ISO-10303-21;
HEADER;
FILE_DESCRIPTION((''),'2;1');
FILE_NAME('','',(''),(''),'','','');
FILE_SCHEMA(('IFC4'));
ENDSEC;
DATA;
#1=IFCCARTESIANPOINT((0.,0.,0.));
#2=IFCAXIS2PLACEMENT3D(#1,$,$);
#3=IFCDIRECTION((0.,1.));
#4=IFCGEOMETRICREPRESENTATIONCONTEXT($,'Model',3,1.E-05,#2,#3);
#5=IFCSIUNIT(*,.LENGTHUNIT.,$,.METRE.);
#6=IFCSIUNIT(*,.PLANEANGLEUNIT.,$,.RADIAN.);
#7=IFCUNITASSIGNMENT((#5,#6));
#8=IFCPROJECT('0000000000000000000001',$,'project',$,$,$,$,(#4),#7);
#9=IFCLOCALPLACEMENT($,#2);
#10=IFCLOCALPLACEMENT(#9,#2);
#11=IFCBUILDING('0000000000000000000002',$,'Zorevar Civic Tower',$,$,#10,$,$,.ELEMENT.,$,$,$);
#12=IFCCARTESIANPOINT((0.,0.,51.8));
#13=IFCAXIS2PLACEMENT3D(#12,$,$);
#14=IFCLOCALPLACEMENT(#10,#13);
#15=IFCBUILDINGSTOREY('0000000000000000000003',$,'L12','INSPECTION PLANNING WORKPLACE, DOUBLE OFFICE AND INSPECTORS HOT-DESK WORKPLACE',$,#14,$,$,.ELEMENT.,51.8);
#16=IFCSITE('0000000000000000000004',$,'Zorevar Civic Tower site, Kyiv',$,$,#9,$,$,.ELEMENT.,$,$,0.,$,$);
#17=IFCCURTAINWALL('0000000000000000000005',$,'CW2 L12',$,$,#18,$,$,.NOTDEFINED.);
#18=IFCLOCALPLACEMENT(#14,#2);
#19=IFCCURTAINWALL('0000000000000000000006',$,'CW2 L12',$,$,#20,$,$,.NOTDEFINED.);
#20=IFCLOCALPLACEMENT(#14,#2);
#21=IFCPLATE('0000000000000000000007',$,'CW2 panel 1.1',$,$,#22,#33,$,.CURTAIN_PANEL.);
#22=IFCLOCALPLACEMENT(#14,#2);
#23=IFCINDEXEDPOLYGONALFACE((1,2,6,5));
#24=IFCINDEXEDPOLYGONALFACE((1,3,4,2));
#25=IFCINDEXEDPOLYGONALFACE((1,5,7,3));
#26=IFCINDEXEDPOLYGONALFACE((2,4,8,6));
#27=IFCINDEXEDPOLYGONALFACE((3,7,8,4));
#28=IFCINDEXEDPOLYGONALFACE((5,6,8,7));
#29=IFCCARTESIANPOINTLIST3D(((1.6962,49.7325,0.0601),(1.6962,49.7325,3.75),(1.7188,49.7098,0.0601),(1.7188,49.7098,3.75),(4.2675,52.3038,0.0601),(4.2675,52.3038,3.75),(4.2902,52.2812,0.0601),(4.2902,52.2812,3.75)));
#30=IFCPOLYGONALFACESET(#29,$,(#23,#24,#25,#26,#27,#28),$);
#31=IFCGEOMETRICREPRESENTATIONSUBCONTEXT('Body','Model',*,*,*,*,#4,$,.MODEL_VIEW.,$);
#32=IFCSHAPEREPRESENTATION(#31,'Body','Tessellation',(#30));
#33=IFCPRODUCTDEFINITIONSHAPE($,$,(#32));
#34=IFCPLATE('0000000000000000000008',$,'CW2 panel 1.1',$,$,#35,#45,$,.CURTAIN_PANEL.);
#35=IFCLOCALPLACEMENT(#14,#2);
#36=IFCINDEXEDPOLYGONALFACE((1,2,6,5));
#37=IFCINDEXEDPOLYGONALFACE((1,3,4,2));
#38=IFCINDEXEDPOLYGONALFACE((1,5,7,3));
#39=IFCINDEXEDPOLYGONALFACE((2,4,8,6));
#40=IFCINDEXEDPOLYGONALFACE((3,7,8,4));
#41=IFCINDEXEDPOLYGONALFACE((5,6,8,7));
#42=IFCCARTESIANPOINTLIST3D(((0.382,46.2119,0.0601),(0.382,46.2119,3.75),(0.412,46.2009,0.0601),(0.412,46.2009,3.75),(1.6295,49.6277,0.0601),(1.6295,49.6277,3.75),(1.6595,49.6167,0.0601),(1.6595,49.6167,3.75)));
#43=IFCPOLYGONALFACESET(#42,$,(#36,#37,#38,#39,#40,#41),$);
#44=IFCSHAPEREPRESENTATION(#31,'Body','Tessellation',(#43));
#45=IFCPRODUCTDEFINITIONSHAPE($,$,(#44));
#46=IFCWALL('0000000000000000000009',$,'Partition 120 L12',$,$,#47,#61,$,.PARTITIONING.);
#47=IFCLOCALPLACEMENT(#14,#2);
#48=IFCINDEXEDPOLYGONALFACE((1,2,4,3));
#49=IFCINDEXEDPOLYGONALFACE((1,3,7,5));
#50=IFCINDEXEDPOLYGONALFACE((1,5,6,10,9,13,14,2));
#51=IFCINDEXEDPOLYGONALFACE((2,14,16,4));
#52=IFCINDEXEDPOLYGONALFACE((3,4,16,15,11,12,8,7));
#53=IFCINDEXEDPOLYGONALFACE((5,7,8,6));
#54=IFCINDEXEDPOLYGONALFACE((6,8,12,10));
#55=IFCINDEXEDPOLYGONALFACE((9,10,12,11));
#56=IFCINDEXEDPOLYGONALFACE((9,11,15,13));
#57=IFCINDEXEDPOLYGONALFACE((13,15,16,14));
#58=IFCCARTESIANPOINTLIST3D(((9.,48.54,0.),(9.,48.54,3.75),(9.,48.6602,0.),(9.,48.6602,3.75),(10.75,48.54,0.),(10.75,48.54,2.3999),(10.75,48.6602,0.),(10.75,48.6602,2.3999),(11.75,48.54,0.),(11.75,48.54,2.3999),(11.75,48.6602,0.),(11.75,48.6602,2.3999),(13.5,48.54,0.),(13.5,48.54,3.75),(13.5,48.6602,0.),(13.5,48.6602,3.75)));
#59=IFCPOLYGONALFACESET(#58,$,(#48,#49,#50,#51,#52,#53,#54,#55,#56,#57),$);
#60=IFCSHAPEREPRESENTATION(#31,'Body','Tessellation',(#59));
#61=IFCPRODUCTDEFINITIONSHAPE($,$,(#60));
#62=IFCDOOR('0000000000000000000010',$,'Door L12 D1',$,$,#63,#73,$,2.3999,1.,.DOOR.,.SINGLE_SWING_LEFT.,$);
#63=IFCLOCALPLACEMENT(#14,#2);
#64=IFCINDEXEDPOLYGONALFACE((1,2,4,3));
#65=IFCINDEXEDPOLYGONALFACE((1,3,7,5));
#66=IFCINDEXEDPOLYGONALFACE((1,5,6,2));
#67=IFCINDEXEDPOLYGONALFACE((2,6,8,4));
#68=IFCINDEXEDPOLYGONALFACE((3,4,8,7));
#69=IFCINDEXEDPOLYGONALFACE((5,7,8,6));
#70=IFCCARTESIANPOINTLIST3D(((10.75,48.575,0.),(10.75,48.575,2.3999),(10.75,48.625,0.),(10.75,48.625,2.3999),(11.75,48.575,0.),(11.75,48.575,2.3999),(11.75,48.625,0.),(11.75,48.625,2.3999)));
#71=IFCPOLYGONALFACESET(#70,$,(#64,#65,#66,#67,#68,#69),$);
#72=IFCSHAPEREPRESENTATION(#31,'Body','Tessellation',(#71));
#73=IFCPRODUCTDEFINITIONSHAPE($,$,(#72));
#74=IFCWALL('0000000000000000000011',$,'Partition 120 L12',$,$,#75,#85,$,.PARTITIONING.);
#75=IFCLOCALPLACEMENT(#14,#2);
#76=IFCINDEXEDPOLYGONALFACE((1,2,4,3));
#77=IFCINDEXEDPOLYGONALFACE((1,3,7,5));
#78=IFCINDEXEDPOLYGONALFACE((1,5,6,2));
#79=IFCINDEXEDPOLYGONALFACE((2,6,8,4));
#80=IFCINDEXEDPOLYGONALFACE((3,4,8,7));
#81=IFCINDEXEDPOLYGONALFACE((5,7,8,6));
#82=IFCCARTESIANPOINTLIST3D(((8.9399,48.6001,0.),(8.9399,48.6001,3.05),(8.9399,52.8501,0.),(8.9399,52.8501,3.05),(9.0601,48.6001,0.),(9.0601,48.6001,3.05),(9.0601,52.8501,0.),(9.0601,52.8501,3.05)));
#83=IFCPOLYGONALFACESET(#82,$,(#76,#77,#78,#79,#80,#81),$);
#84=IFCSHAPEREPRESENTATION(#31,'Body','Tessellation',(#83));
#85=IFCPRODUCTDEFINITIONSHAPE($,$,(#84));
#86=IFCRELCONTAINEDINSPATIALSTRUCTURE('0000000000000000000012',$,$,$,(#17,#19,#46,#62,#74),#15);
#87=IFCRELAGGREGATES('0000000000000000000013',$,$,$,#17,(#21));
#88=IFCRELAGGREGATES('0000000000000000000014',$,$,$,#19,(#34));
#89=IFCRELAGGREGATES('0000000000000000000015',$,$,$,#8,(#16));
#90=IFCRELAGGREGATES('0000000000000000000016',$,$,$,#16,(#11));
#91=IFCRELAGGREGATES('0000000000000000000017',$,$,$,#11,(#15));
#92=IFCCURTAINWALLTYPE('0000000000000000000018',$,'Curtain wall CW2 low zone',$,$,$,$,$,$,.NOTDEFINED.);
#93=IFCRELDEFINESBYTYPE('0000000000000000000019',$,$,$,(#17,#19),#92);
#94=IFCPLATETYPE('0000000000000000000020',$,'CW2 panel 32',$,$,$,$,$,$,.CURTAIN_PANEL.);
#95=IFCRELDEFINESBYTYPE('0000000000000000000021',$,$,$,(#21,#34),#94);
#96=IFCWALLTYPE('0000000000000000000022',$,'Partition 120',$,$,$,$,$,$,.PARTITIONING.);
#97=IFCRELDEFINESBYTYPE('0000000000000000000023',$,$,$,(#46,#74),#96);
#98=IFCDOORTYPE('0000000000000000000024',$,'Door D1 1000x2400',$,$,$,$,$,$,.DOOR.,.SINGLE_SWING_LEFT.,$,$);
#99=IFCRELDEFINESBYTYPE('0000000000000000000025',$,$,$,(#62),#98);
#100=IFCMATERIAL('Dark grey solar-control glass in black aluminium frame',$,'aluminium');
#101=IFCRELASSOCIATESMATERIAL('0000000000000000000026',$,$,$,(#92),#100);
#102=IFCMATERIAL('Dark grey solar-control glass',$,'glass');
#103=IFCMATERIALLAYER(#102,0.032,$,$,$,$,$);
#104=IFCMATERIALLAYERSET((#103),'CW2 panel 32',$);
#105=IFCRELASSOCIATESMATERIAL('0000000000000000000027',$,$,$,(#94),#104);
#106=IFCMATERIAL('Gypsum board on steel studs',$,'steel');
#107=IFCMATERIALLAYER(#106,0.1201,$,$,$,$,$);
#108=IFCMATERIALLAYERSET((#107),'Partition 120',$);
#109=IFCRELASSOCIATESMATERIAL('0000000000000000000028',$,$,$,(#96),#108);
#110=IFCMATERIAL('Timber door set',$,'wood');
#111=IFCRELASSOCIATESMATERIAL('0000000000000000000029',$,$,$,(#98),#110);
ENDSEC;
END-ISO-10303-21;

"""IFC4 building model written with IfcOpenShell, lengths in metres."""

from ifc_helpers import new_model, si_unit, direction, frame, frame_2d, origin, origin_2d, place, context, subcontext, project, spatial, rectangle, extrude, material, layer, layer_set, type_object, element, fill, aggregate, save


model = new_model("IFC4")

# Units and contexts
model_context = context("Model", 3, precision=1e-05, world=origin(), true_north=direction((0.0, 1.0)))
body_context = subcontext(model_context, "Body", "Model", "MODEL_VIEW")
ifc_project = project(units=[si_unit("LENGTHUNIT", "METRE"), si_unit("PLANEANGLEUNIT", "RADIAN")], contexts=[model_context])

# Site, building, storey
site_placement = place(None, origin())
site = spatial("IfcSite", under=ifc_project, at=site_placement, Name="Zorevar Civic Tower site, Kyiv", CompositionType="ELEMENT", RefElevation=0.0)
building_placement = place(site_placement, origin())
building = spatial("IfcBuilding", under=site, at=building_placement, Name="Zorevar Civic Tower", CompositionType="ELEMENT")
storey_placement = place(building_placement, frame((0.0, 0.0, 51.8)))
storey = spatial("IfcBuildingStorey", under=building, at=storey_placement, Name="L12", Description="INSPECTION PLANNING WORKPLACE, DOUBLE OFFICE AND INSPECTORS HOT-DESK WORKPLACE", CompositionType="ELEMENT", Elevation=51.8)

# Curtain walls
ifc_material_1 = material(Name="Dark grey solar-control glass in black aluminium frame", Category="aluminium")
curtain_wall_type = type_object("IfcCurtainWallType", Name="Curtain wall CW2 low zone", PredefinedType="NOTDEFINED", material=ifc_material_1)
curtain_wall_1_placement = place(storey_placement, origin())
curtain_wall_1 = element("IfcCurtainWall", 1, at=curtain_wall_1_placement, inside=storey, type_object=curtain_wall_type, Name="CW2 L12", PredefinedType="NOTDEFINED")
curtain_wall_2_placement = place(storey_placement, origin())
curtain_wall_2 = element("IfcCurtainWall", 2, at=curtain_wall_2_placement, inside=storey, type_object=curtain_wall_type, Name="CW2 L12", PredefinedType="NOTDEFINED")

# Plates
ifc_material_2 = material(Name="Dark grey solar-control glass", Category="glass")
ifc_layer_1 = layer(ifc_material_2, 0.032)
ifc_layer_set_1 = layer_set([ifc_layer_1], Name="CW2 panel 32")
plate_type = type_object("IfcPlateType", Name="CW2 panel 32", PredefinedType="CURTAIN_PANEL", material=ifc_layer_set_1)
plate_1_placement = place(storey_placement, frame((2.9932, 51.0068, 0.0601), z_axis=(0.0, 0.0, 1.0), x_axis=(-0.707107, -0.707107, 0.0)))
plate_1 = element("IfcPlate", 3, at=plate_1_placement, type_object=plate_type, Name="CW2 panel 1.1", PredefinedType="CURTAIN_PANEL", context=body_context, shape_type="SweptSolid", body=[
    extrude(rectangle(XDim=3.6365, YDim=0.032, at=origin_2d()), origin(), (0.0, 0.0, 1.0), 3.6899),
])
aggregate(curtain_wall_1, [plate_1])
plate_2_placement = place(storey_placement, frame((1.0208, 47.9143, 0.0601), z_axis=(0.0, 0.0, 1.0), x_axis=(-0.34306, -0.939313, 0.0)))
plate_2 = element("IfcPlate", 4, at=plate_2_placement, type_object=plate_type, Name="CW2 panel 1.1", PredefinedType="CURTAIN_PANEL", context=body_context, shape_type="SweptSolid", body=[
    extrude(rectangle(XDim=3.6365, YDim=0.032, at=origin_2d()), origin(), (0.0, 0.0, 1.0), 3.6899),
])
aggregate(curtain_wall_2, [plate_2])

# Wall, opening, door
ifc_material_3 = material(Name="Gypsum board on steel studs", Category="steel")
ifc_layer_2 = layer(ifc_material_3, 0.1201)
ifc_layer_set_2 = layer_set([ifc_layer_2], Name="Partition 120")
wall_type = type_object("IfcWallType", Name="Partition 120", PredefinedType="PARTITIONING", material=ifc_layer_set_2)
wall_1_placement = place(storey_placement, frame((9.0, 48.6001, 0.0), z_axis=(0.0, 0.0, 1.0), x_axis=(1.0, 0.0, 0.0)))
wall_1 = element("IfcWall", 5, at=wall_1_placement, inside=storey, type_object=wall_type, Name="Partition 120 L12", PredefinedType="PARTITIONING", context=body_context, shape_type="SweptSolid", body=[
    extrude(rectangle(XDim=4.5, YDim=0.1201, at=frame_2d((2.25, 0.0))), origin(), (0.0, 0.0, 1.0), 3.75),
])
opening_placement = place(wall_1_placement, frame((1.75, 0.0, 0.0)))
opening = element("IfcOpeningElement", 6, at=opening_placement, cuts=wall_1, PredefinedType="OPENING", context=body_context, shape_type="SweptSolid", body=[
    extrude(rectangle(XDim=1.0, YDim=2.3999, at=frame_2d((0.5, 1.2))), frame((0.0, 0.0701, 0.0), z_axis=(0.0, -1.0, 0.0), x_axis=(1.0, 0.0, 0.0)), (0.0, 0.0, 1.0), 0.1401),
])
ifc_material_4 = material(Name="Timber door set", Category="wood")
door_type = type_object("IfcDoorType", Name="Door D1 1000x2400", OperationType="SINGLE_SWING_LEFT", PredefinedType="DOOR", material=ifc_material_4)
door_placement = place(opening_placement, origin())
door = element("IfcDoor", 7, at=door_placement, inside=storey, type_object=door_type, Name="Door L12 D1", OperationType="SINGLE_SWING_LEFT", OverallHeight=2.3999, OverallWidth=1.0, PredefinedType="DOOR", context=body_context, shape_type="SweptSolid", body=[
    extrude(rectangle(XDim=1.0, YDim=2.3999, at=frame_2d((0.5, 1.2))), frame((0.0, 0.0249, 0.0), z_axis=(0.0, -1.0, 0.0), x_axis=(1.0, 0.0, 0.0)), (0.0, 0.0, 1.0), 0.05),
])
fill(opening, door)

# Wall
wall_2_placement = place(storey_placement, frame((9.0, 48.6001, 0.0), z_axis=(0.0, 0.0, 1.0), x_axis=(0.0, 1.0, 0.0)))
element("IfcWall", 8, at=wall_2_placement, inside=storey, type_object=wall_type, Name="Partition 120 L12", PredefinedType="PARTITIONING", context=body_context, shape_type="SweptSolid", body=[
    extrude(rectangle(XDim=4.25, YDim=0.1201, at=frame_2d((2.125, 0.0))), origin(), (0.0, 0.0, 1.0), 3.05),
])

save(model, "model.ifc")
